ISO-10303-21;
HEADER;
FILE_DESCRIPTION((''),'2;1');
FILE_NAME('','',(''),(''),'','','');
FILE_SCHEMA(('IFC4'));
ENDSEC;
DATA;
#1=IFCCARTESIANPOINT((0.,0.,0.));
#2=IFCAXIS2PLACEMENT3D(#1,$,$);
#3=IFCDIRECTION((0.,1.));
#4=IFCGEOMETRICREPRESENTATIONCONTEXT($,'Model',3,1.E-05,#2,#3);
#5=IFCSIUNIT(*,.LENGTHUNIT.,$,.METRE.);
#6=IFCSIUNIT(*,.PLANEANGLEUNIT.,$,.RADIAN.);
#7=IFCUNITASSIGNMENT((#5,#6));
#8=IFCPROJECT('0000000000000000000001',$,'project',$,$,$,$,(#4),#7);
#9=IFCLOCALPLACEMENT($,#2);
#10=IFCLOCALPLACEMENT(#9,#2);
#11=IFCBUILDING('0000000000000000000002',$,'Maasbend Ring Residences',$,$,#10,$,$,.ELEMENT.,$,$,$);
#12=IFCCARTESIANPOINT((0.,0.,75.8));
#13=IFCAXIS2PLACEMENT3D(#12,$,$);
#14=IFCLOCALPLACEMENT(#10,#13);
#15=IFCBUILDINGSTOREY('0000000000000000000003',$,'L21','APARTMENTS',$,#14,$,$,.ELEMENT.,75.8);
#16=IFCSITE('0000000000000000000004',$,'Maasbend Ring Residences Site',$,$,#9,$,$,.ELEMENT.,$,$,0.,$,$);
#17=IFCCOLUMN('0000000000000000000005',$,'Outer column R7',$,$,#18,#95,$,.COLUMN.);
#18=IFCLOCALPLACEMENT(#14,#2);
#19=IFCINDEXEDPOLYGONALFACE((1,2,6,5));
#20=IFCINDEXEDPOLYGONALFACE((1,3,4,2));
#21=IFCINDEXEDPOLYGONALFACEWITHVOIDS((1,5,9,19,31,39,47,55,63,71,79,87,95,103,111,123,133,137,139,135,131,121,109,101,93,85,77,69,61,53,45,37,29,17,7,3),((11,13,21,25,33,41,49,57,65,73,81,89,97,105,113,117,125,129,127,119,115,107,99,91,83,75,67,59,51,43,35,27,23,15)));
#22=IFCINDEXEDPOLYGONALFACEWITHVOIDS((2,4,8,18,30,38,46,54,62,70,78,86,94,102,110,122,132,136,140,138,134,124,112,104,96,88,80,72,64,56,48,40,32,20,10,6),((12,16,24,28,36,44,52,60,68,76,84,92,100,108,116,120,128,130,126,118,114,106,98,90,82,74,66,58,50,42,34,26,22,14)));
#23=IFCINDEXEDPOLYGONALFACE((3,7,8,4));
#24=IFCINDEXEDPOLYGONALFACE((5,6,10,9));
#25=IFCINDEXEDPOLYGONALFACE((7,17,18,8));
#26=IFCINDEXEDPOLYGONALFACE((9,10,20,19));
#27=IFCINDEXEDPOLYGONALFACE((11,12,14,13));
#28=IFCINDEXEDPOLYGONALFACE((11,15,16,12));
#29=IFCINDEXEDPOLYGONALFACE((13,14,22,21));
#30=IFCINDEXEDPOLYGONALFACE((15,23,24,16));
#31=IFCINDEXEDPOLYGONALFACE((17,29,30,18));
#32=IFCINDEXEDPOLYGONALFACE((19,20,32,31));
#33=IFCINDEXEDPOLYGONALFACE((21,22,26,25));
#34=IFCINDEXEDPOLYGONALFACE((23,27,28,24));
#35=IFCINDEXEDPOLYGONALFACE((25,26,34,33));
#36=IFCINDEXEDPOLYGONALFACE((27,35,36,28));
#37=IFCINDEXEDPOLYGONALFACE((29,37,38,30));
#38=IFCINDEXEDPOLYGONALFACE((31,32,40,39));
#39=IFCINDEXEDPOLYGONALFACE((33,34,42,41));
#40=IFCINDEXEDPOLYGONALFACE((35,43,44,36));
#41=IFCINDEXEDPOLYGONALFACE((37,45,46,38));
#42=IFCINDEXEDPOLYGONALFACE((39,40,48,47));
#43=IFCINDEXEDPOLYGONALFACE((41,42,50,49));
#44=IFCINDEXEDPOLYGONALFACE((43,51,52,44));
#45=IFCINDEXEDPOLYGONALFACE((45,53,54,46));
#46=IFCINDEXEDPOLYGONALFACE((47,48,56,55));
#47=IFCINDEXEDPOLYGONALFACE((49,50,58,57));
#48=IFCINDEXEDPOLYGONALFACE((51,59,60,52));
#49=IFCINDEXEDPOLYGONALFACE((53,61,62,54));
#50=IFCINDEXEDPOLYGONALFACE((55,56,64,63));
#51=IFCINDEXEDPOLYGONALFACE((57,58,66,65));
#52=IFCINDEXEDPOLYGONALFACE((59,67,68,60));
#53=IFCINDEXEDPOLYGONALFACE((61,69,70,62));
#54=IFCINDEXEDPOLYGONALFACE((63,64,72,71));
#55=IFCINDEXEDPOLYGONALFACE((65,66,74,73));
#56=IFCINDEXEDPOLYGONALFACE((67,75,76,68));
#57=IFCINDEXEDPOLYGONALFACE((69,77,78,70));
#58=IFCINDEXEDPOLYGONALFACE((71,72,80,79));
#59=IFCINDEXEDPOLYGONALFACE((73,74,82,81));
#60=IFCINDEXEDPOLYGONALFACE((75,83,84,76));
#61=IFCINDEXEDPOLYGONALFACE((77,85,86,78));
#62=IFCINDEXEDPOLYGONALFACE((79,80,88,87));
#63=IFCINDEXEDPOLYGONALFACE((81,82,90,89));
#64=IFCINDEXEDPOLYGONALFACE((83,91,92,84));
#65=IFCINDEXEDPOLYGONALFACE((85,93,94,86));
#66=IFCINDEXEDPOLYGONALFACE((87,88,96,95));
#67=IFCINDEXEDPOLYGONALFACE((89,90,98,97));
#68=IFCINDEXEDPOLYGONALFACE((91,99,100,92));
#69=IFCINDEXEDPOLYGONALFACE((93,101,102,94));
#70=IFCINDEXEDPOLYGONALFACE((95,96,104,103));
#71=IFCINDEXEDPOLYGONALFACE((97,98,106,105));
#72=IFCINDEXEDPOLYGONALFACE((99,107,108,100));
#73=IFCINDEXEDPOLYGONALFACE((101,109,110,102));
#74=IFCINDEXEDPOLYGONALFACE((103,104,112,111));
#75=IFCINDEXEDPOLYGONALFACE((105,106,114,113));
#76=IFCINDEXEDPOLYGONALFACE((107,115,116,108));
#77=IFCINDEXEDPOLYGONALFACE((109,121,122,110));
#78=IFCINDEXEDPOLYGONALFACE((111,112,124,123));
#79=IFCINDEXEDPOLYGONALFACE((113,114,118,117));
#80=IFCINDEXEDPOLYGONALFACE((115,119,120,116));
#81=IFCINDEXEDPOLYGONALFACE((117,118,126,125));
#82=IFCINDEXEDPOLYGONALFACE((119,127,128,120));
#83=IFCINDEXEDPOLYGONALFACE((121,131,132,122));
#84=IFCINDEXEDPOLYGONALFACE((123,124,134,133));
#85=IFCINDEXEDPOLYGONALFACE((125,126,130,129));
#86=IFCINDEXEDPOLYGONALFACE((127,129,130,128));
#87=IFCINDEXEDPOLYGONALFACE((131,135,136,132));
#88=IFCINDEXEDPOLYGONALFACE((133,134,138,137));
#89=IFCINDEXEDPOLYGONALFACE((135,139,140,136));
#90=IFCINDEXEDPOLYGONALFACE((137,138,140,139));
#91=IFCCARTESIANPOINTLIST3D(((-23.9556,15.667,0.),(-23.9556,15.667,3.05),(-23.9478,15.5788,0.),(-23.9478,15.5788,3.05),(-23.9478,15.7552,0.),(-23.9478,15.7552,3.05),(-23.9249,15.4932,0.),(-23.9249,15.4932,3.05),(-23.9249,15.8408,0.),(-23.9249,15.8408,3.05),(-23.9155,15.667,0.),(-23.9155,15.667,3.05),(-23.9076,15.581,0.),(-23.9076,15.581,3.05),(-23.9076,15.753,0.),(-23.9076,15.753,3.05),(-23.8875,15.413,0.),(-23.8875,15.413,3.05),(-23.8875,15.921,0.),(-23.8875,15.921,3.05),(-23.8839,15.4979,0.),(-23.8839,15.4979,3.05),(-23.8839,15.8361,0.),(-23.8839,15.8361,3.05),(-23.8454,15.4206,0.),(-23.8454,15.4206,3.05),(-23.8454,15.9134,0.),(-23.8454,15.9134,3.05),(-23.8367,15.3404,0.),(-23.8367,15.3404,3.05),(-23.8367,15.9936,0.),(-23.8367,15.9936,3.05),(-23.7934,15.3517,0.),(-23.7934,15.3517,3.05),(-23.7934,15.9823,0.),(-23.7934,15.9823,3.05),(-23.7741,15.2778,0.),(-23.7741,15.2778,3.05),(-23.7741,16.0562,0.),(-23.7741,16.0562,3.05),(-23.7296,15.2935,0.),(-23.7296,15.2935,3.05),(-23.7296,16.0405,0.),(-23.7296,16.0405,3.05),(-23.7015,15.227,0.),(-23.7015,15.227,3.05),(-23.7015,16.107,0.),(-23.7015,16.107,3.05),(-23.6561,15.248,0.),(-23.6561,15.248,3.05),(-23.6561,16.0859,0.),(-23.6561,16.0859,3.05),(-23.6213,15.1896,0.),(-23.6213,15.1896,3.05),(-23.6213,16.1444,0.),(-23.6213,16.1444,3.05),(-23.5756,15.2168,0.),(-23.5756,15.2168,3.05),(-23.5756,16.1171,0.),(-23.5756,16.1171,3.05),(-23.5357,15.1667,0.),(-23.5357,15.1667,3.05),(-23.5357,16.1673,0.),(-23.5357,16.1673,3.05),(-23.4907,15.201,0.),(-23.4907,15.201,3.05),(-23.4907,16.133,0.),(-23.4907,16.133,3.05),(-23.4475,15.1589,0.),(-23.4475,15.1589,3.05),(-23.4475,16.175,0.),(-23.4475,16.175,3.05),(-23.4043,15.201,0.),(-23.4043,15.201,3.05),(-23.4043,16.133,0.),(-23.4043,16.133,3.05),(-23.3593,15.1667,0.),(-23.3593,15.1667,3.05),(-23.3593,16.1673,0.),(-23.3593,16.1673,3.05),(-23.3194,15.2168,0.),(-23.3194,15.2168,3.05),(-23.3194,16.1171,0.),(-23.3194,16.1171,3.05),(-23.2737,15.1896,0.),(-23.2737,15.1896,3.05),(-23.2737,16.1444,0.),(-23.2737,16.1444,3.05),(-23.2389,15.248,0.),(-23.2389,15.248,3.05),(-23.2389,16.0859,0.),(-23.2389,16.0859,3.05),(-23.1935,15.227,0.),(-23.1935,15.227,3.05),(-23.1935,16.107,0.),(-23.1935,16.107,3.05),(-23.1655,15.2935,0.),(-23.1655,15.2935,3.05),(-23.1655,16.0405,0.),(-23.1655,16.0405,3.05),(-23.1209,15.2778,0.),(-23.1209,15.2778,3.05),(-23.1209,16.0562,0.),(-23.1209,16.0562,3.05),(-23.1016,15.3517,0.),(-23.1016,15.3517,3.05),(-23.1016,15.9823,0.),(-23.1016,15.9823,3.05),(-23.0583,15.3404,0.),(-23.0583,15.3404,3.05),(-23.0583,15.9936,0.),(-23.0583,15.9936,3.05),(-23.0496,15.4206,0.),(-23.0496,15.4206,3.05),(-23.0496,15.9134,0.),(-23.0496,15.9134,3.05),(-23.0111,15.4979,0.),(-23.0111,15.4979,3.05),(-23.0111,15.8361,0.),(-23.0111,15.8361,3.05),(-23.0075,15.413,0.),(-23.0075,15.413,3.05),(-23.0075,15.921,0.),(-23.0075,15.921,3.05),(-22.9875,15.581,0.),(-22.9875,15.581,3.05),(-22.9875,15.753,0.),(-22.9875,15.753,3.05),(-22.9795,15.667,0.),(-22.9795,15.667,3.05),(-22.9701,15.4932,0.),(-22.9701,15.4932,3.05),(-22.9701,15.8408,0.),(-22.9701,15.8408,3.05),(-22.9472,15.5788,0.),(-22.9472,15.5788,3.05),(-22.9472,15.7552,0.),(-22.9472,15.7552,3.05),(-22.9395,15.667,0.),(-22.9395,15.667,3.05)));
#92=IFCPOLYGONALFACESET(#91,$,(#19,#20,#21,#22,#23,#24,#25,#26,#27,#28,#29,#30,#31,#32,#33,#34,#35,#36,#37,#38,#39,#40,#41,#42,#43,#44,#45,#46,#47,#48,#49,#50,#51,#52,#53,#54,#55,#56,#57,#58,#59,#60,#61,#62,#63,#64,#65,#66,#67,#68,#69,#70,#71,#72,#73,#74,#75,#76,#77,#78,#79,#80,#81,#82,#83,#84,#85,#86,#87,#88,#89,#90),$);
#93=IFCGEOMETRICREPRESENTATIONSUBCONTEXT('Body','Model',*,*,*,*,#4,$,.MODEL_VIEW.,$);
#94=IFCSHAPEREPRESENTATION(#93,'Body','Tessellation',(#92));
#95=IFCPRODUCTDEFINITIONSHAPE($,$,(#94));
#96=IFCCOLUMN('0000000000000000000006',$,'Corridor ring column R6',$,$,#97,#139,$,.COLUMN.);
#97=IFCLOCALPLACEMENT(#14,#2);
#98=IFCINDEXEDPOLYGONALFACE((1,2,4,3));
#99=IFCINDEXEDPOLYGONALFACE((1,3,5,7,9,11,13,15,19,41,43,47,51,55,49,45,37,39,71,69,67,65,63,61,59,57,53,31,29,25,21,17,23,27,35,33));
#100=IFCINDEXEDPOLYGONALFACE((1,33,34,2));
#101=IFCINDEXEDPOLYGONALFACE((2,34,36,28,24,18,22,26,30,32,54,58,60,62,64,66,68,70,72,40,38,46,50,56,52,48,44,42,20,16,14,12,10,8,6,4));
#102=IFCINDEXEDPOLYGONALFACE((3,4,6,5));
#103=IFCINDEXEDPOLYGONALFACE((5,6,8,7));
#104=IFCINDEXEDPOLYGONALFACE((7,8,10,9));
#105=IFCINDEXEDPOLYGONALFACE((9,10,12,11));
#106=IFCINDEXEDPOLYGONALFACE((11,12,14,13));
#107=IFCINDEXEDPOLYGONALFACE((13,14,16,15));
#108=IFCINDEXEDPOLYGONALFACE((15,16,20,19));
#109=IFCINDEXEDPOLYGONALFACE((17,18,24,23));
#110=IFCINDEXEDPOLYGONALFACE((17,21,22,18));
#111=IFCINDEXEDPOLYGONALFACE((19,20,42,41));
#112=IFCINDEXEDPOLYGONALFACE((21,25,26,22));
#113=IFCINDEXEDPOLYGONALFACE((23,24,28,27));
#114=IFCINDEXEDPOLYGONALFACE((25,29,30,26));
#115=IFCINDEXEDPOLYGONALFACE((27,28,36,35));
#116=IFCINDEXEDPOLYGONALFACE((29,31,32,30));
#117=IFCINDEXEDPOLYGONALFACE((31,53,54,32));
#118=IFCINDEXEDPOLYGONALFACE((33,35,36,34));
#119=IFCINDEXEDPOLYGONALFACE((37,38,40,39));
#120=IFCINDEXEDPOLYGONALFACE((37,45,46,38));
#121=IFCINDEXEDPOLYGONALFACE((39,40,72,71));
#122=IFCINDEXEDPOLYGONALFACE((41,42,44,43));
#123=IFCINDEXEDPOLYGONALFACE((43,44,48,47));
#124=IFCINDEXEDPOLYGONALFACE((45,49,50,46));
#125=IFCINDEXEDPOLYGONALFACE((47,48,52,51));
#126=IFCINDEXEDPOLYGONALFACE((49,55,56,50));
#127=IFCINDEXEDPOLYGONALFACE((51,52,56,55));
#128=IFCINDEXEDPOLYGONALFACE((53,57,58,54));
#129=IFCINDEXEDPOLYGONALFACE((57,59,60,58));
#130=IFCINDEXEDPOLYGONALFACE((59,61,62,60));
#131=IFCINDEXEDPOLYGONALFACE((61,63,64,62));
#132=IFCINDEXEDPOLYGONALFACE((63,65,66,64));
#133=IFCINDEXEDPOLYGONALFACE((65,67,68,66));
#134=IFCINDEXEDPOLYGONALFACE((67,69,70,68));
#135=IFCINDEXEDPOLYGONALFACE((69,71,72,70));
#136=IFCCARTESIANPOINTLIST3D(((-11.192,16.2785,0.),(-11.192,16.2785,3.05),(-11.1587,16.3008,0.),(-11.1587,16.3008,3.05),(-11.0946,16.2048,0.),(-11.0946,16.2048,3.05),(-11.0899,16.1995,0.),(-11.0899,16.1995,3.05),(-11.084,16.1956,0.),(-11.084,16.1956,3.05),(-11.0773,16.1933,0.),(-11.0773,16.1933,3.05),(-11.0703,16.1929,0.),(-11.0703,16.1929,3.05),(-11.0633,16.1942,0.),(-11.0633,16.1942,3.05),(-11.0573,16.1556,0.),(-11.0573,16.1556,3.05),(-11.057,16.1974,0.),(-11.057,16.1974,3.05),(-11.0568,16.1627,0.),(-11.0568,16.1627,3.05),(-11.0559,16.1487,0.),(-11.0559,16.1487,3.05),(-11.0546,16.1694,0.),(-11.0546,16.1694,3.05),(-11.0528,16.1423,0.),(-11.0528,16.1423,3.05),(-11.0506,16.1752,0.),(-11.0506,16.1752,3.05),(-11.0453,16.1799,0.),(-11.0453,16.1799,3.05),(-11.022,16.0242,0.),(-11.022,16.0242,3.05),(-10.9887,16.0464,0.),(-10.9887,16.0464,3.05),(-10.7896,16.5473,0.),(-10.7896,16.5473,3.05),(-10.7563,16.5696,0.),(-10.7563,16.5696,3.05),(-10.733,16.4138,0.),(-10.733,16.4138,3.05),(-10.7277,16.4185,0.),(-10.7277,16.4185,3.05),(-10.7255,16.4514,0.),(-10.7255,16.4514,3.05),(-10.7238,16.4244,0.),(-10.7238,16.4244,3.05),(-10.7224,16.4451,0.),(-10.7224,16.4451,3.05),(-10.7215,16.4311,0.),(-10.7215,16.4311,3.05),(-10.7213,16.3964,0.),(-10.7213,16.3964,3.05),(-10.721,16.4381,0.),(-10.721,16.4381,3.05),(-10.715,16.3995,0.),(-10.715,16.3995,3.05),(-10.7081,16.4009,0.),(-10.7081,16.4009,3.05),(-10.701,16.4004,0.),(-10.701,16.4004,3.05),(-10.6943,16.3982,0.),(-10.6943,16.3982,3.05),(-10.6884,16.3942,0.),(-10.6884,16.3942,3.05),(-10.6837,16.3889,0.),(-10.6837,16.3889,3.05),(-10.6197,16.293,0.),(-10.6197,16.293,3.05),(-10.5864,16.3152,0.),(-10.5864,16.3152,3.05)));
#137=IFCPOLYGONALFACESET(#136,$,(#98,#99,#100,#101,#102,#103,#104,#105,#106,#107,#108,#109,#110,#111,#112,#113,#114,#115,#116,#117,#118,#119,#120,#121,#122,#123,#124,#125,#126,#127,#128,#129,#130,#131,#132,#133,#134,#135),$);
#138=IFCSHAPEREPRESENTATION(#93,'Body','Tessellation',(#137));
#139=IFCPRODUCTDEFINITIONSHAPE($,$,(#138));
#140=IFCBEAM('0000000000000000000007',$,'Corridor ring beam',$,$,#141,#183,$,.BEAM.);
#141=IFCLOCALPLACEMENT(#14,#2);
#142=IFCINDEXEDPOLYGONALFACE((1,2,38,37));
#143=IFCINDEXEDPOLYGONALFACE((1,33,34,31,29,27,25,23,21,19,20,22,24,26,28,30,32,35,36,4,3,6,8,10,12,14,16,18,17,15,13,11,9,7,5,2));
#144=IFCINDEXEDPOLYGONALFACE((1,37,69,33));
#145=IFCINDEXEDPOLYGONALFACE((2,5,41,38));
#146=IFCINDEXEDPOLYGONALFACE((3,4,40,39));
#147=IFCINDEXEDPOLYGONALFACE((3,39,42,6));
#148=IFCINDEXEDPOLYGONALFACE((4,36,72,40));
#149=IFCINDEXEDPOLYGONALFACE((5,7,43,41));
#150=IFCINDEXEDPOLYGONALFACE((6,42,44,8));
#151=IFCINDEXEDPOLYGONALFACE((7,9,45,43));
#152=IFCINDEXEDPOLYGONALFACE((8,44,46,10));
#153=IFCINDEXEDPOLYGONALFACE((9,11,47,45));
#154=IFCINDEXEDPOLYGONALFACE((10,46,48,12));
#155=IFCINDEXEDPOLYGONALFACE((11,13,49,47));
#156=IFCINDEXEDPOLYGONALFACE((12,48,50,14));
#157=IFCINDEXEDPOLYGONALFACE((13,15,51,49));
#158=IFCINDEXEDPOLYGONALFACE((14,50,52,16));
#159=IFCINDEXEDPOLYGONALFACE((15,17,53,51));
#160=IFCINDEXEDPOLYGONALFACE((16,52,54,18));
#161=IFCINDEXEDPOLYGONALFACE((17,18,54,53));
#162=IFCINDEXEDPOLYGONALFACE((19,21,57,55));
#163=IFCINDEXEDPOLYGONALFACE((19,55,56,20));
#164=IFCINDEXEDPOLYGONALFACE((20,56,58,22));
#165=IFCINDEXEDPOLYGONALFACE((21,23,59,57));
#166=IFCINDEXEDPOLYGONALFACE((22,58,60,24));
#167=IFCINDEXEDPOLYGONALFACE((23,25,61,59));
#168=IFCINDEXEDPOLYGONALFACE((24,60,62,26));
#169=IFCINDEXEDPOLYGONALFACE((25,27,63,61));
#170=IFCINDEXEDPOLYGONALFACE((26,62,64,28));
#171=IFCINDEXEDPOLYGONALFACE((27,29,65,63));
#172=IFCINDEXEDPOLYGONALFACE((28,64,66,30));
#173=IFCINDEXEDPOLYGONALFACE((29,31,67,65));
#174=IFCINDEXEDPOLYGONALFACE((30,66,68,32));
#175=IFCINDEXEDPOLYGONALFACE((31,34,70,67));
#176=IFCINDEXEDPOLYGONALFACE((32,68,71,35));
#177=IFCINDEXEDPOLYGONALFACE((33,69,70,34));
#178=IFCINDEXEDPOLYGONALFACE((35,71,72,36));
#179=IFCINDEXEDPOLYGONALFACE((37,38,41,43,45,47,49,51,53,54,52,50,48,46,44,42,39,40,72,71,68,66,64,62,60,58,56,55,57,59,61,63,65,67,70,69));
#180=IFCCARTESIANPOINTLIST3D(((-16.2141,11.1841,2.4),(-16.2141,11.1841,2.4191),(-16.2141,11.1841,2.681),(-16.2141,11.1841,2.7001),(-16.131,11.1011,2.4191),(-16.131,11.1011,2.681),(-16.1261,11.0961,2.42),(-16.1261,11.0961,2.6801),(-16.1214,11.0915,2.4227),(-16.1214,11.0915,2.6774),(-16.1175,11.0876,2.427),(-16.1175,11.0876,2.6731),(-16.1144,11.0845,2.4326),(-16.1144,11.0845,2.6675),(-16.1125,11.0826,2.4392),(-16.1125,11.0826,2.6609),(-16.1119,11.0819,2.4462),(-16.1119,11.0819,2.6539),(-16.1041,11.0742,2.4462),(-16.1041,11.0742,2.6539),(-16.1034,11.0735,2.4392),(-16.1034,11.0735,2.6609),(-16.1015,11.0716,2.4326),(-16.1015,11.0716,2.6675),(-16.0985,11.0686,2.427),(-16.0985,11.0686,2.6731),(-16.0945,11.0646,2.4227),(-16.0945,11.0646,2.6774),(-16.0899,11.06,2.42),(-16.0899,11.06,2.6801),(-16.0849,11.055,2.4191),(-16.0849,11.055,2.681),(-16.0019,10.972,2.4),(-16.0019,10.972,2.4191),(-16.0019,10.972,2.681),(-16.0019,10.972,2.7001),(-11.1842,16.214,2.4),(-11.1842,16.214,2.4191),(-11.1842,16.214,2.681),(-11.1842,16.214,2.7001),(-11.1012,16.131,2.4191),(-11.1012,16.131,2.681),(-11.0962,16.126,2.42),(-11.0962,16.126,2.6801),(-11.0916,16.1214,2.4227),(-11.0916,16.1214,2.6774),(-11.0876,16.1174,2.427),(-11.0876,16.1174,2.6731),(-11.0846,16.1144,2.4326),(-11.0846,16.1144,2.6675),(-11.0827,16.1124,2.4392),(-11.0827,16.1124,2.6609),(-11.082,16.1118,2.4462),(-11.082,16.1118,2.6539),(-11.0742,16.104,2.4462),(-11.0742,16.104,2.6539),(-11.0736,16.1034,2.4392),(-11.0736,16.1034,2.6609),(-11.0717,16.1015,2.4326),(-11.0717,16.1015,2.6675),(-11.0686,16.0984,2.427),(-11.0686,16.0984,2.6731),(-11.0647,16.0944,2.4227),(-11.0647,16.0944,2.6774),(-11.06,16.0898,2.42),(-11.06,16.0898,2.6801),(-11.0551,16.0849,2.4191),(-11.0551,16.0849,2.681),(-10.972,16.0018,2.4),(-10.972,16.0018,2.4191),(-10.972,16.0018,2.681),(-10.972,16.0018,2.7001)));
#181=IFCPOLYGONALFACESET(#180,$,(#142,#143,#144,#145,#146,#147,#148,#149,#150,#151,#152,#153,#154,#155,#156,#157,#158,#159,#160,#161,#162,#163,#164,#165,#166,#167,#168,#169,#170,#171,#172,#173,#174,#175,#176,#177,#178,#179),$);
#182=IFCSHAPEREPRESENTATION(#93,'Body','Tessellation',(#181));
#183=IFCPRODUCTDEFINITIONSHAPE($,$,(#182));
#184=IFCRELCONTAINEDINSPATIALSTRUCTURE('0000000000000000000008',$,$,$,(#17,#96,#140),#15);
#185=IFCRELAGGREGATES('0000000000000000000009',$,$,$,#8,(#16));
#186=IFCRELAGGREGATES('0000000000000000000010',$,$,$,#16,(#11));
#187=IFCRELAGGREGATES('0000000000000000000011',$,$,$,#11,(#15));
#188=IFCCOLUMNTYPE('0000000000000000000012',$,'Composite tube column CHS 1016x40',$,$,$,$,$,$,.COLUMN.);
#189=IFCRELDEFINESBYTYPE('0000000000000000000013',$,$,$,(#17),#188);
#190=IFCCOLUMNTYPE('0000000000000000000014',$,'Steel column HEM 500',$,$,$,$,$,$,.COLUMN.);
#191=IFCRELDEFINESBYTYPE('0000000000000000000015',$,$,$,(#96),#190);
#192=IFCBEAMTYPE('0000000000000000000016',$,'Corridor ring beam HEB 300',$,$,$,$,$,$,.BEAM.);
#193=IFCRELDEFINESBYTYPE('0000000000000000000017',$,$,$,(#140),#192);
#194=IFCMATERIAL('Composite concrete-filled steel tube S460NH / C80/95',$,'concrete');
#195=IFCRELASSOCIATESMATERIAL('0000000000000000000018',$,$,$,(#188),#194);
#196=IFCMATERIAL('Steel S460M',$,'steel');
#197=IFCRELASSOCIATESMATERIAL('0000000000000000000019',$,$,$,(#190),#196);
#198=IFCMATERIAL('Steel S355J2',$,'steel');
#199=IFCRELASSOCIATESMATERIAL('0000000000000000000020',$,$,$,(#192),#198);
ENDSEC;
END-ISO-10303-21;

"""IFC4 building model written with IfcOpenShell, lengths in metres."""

from ifc_helpers import new_model, si_unit, direction, frame, origin, origin_2d, place, context, subcontext, project, spatial, hollow_circle, i_section, extrude, material, material_profile, profile_set, type_object, element, save


model = new_model("IFC4")

# Units and contexts
model_context = context("Model", 3, precision=1e-05, world=origin(), true_north=direction((0.0, 1.0)))
body_context = subcontext(model_context, "Body", "Model", "MODEL_VIEW")
ifc_project = project(units=[si_unit("LENGTHUNIT", "METRE"), si_unit("PLANEANGLEUNIT", "RADIAN")], contexts=[model_context])

# Site, building, storey
site_placement = place(None, origin())
site = spatial("IfcSite", under=ifc_project, at=site_placement, Name="Maasbend Ring Residences Site", CompositionType="ELEMENT", RefElevation=0.0)
building_placement = place(site_placement, origin())
building = spatial("IfcBuilding", under=site, at=building_placement, Name="Maasbend Ring Residences", CompositionType="ELEMENT")
storey_placement = place(building_placement, frame((0.0, 0.0, 75.8)))
storey = spatial("IfcBuildingStorey", under=building, at=storey_placement, Name="L21", Description="APARTMENTS", CompositionType="ELEMENT", Elevation=75.8)

# Columns
ifc_material_1 = material(Name="Composite concrete-filled steel tube S460NH / C80/95", Category="concrete")
ifc_material_profile_1 = material_profile(ifc_material_1, hollow_circle(Radius=0.5081, WallThickness=0.04, at=origin_2d()), Name="Composite tube column CHS 1016x40")
ifc_profile_set_1 = profile_set([ifc_material_profile_1], Name="Composite concrete-filled steel tube S460NH / C80/95")
column_type_1 = type_object("IfcColumnType", Name="Composite tube column CHS 1016x40", PredefinedType="COLUMN", material=ifc_profile_set_1)
column_1_placement = place(storey_placement, frame((-23.4475, 15.667, 0.0), z_axis=(0.0, 0.0, 1.0), x_axis=(1.0, 0.0, 0.0)))
element("IfcColumn", 1, at=column_1_placement, inside=storey, type_object=column_type_1, Name="Outer column R7", PredefinedType="COLUMN", context=body_context, shape_type="SweptSolid", body=[
    extrude(hollow_circle(Radius=0.5081, WallThickness=0.04, at=origin_2d()), origin(), (0.0, 0.0, 1.0), 3.05),
])
ifc_material_2 = material(Name="Steel S460M", Category="steel")
ifc_material_profile_2 = material_profile(ifc_material_2, i_section(OverallWidth=0.3059, OverallDepth=0.5239, WebThickness=0.021, FlangeThickness=0.04, FilletRadius=0.0271, at=origin_2d()), Name="HEM 500")
ifc_profile_set_2 = profile_set([ifc_material_profile_2], Name="Steel S460M")
column_type_2 = type_object("IfcColumnType", Name="Steel column HEM 500", PredefinedType="COLUMN", material=ifc_profile_set_2)
column_2_placement = place(storey_placement, frame((-10.8892, 16.2969, 0.0), z_axis=(0.0, 0.0, 1.0), x_axis=(-0.55557, 0.83147, 0.0)))
element("IfcColumn", 2, at=column_2_placement, inside=storey, type_object=column_type_2, Name="Corridor ring column R6", PredefinedType="COLUMN", context=body_context, shape_type="SweptSolid", body=[
    extrude(i_section(OverallWidth=0.3059, OverallDepth=0.5239, WebThickness=0.021, FlangeThickness=0.04, FilletRadius=0.0271, at=origin_2d()), origin(), (0.0, 0.0, 1.0), 3.05),
])

# Beam
ifc_material_3 = material(Name="Steel S355J2", Category="steel")
ifc_material_profile_3 = material_profile(ifc_material_3, i_section(OverallWidth=0.3, OverallDepth=0.3, WebThickness=0.011, FlangeThickness=0.019, FilletRadius=0.0271, at=origin_2d()), Name="HEB 300")
ifc_profile_set_3 = profile_set([ifc_material_profile_3], Name="Steel S355J2")
beam_type = type_object("IfcBeamType", Name="Corridor ring beam HEB 300", PredefinedType="BEAM", material=ifc_profile_set_3)
beam_placement = place(storey_placement, frame((-11.0781, 16.1079, 2.55), z_axis=(-0.707107, -0.707107, 0.0), x_axis=(0.707107, -0.707107, 0.0)))
element("IfcBeam", 3, at=beam_placement, inside=storey, type_object=beam_type, Name="Corridor ring beam", PredefinedType="BEAM", context=body_context, shape_type="SweptSolid", body=[
    extrude(i_section(OverallWidth=0.3, OverallDepth=0.3, WebThickness=0.011, FlangeThickness=0.019, FilletRadius=0.0271, at=origin_2d()), origin(), (0.0, 0.0, 1.0), 7.1133),
])

save(model, "model.ifc")
